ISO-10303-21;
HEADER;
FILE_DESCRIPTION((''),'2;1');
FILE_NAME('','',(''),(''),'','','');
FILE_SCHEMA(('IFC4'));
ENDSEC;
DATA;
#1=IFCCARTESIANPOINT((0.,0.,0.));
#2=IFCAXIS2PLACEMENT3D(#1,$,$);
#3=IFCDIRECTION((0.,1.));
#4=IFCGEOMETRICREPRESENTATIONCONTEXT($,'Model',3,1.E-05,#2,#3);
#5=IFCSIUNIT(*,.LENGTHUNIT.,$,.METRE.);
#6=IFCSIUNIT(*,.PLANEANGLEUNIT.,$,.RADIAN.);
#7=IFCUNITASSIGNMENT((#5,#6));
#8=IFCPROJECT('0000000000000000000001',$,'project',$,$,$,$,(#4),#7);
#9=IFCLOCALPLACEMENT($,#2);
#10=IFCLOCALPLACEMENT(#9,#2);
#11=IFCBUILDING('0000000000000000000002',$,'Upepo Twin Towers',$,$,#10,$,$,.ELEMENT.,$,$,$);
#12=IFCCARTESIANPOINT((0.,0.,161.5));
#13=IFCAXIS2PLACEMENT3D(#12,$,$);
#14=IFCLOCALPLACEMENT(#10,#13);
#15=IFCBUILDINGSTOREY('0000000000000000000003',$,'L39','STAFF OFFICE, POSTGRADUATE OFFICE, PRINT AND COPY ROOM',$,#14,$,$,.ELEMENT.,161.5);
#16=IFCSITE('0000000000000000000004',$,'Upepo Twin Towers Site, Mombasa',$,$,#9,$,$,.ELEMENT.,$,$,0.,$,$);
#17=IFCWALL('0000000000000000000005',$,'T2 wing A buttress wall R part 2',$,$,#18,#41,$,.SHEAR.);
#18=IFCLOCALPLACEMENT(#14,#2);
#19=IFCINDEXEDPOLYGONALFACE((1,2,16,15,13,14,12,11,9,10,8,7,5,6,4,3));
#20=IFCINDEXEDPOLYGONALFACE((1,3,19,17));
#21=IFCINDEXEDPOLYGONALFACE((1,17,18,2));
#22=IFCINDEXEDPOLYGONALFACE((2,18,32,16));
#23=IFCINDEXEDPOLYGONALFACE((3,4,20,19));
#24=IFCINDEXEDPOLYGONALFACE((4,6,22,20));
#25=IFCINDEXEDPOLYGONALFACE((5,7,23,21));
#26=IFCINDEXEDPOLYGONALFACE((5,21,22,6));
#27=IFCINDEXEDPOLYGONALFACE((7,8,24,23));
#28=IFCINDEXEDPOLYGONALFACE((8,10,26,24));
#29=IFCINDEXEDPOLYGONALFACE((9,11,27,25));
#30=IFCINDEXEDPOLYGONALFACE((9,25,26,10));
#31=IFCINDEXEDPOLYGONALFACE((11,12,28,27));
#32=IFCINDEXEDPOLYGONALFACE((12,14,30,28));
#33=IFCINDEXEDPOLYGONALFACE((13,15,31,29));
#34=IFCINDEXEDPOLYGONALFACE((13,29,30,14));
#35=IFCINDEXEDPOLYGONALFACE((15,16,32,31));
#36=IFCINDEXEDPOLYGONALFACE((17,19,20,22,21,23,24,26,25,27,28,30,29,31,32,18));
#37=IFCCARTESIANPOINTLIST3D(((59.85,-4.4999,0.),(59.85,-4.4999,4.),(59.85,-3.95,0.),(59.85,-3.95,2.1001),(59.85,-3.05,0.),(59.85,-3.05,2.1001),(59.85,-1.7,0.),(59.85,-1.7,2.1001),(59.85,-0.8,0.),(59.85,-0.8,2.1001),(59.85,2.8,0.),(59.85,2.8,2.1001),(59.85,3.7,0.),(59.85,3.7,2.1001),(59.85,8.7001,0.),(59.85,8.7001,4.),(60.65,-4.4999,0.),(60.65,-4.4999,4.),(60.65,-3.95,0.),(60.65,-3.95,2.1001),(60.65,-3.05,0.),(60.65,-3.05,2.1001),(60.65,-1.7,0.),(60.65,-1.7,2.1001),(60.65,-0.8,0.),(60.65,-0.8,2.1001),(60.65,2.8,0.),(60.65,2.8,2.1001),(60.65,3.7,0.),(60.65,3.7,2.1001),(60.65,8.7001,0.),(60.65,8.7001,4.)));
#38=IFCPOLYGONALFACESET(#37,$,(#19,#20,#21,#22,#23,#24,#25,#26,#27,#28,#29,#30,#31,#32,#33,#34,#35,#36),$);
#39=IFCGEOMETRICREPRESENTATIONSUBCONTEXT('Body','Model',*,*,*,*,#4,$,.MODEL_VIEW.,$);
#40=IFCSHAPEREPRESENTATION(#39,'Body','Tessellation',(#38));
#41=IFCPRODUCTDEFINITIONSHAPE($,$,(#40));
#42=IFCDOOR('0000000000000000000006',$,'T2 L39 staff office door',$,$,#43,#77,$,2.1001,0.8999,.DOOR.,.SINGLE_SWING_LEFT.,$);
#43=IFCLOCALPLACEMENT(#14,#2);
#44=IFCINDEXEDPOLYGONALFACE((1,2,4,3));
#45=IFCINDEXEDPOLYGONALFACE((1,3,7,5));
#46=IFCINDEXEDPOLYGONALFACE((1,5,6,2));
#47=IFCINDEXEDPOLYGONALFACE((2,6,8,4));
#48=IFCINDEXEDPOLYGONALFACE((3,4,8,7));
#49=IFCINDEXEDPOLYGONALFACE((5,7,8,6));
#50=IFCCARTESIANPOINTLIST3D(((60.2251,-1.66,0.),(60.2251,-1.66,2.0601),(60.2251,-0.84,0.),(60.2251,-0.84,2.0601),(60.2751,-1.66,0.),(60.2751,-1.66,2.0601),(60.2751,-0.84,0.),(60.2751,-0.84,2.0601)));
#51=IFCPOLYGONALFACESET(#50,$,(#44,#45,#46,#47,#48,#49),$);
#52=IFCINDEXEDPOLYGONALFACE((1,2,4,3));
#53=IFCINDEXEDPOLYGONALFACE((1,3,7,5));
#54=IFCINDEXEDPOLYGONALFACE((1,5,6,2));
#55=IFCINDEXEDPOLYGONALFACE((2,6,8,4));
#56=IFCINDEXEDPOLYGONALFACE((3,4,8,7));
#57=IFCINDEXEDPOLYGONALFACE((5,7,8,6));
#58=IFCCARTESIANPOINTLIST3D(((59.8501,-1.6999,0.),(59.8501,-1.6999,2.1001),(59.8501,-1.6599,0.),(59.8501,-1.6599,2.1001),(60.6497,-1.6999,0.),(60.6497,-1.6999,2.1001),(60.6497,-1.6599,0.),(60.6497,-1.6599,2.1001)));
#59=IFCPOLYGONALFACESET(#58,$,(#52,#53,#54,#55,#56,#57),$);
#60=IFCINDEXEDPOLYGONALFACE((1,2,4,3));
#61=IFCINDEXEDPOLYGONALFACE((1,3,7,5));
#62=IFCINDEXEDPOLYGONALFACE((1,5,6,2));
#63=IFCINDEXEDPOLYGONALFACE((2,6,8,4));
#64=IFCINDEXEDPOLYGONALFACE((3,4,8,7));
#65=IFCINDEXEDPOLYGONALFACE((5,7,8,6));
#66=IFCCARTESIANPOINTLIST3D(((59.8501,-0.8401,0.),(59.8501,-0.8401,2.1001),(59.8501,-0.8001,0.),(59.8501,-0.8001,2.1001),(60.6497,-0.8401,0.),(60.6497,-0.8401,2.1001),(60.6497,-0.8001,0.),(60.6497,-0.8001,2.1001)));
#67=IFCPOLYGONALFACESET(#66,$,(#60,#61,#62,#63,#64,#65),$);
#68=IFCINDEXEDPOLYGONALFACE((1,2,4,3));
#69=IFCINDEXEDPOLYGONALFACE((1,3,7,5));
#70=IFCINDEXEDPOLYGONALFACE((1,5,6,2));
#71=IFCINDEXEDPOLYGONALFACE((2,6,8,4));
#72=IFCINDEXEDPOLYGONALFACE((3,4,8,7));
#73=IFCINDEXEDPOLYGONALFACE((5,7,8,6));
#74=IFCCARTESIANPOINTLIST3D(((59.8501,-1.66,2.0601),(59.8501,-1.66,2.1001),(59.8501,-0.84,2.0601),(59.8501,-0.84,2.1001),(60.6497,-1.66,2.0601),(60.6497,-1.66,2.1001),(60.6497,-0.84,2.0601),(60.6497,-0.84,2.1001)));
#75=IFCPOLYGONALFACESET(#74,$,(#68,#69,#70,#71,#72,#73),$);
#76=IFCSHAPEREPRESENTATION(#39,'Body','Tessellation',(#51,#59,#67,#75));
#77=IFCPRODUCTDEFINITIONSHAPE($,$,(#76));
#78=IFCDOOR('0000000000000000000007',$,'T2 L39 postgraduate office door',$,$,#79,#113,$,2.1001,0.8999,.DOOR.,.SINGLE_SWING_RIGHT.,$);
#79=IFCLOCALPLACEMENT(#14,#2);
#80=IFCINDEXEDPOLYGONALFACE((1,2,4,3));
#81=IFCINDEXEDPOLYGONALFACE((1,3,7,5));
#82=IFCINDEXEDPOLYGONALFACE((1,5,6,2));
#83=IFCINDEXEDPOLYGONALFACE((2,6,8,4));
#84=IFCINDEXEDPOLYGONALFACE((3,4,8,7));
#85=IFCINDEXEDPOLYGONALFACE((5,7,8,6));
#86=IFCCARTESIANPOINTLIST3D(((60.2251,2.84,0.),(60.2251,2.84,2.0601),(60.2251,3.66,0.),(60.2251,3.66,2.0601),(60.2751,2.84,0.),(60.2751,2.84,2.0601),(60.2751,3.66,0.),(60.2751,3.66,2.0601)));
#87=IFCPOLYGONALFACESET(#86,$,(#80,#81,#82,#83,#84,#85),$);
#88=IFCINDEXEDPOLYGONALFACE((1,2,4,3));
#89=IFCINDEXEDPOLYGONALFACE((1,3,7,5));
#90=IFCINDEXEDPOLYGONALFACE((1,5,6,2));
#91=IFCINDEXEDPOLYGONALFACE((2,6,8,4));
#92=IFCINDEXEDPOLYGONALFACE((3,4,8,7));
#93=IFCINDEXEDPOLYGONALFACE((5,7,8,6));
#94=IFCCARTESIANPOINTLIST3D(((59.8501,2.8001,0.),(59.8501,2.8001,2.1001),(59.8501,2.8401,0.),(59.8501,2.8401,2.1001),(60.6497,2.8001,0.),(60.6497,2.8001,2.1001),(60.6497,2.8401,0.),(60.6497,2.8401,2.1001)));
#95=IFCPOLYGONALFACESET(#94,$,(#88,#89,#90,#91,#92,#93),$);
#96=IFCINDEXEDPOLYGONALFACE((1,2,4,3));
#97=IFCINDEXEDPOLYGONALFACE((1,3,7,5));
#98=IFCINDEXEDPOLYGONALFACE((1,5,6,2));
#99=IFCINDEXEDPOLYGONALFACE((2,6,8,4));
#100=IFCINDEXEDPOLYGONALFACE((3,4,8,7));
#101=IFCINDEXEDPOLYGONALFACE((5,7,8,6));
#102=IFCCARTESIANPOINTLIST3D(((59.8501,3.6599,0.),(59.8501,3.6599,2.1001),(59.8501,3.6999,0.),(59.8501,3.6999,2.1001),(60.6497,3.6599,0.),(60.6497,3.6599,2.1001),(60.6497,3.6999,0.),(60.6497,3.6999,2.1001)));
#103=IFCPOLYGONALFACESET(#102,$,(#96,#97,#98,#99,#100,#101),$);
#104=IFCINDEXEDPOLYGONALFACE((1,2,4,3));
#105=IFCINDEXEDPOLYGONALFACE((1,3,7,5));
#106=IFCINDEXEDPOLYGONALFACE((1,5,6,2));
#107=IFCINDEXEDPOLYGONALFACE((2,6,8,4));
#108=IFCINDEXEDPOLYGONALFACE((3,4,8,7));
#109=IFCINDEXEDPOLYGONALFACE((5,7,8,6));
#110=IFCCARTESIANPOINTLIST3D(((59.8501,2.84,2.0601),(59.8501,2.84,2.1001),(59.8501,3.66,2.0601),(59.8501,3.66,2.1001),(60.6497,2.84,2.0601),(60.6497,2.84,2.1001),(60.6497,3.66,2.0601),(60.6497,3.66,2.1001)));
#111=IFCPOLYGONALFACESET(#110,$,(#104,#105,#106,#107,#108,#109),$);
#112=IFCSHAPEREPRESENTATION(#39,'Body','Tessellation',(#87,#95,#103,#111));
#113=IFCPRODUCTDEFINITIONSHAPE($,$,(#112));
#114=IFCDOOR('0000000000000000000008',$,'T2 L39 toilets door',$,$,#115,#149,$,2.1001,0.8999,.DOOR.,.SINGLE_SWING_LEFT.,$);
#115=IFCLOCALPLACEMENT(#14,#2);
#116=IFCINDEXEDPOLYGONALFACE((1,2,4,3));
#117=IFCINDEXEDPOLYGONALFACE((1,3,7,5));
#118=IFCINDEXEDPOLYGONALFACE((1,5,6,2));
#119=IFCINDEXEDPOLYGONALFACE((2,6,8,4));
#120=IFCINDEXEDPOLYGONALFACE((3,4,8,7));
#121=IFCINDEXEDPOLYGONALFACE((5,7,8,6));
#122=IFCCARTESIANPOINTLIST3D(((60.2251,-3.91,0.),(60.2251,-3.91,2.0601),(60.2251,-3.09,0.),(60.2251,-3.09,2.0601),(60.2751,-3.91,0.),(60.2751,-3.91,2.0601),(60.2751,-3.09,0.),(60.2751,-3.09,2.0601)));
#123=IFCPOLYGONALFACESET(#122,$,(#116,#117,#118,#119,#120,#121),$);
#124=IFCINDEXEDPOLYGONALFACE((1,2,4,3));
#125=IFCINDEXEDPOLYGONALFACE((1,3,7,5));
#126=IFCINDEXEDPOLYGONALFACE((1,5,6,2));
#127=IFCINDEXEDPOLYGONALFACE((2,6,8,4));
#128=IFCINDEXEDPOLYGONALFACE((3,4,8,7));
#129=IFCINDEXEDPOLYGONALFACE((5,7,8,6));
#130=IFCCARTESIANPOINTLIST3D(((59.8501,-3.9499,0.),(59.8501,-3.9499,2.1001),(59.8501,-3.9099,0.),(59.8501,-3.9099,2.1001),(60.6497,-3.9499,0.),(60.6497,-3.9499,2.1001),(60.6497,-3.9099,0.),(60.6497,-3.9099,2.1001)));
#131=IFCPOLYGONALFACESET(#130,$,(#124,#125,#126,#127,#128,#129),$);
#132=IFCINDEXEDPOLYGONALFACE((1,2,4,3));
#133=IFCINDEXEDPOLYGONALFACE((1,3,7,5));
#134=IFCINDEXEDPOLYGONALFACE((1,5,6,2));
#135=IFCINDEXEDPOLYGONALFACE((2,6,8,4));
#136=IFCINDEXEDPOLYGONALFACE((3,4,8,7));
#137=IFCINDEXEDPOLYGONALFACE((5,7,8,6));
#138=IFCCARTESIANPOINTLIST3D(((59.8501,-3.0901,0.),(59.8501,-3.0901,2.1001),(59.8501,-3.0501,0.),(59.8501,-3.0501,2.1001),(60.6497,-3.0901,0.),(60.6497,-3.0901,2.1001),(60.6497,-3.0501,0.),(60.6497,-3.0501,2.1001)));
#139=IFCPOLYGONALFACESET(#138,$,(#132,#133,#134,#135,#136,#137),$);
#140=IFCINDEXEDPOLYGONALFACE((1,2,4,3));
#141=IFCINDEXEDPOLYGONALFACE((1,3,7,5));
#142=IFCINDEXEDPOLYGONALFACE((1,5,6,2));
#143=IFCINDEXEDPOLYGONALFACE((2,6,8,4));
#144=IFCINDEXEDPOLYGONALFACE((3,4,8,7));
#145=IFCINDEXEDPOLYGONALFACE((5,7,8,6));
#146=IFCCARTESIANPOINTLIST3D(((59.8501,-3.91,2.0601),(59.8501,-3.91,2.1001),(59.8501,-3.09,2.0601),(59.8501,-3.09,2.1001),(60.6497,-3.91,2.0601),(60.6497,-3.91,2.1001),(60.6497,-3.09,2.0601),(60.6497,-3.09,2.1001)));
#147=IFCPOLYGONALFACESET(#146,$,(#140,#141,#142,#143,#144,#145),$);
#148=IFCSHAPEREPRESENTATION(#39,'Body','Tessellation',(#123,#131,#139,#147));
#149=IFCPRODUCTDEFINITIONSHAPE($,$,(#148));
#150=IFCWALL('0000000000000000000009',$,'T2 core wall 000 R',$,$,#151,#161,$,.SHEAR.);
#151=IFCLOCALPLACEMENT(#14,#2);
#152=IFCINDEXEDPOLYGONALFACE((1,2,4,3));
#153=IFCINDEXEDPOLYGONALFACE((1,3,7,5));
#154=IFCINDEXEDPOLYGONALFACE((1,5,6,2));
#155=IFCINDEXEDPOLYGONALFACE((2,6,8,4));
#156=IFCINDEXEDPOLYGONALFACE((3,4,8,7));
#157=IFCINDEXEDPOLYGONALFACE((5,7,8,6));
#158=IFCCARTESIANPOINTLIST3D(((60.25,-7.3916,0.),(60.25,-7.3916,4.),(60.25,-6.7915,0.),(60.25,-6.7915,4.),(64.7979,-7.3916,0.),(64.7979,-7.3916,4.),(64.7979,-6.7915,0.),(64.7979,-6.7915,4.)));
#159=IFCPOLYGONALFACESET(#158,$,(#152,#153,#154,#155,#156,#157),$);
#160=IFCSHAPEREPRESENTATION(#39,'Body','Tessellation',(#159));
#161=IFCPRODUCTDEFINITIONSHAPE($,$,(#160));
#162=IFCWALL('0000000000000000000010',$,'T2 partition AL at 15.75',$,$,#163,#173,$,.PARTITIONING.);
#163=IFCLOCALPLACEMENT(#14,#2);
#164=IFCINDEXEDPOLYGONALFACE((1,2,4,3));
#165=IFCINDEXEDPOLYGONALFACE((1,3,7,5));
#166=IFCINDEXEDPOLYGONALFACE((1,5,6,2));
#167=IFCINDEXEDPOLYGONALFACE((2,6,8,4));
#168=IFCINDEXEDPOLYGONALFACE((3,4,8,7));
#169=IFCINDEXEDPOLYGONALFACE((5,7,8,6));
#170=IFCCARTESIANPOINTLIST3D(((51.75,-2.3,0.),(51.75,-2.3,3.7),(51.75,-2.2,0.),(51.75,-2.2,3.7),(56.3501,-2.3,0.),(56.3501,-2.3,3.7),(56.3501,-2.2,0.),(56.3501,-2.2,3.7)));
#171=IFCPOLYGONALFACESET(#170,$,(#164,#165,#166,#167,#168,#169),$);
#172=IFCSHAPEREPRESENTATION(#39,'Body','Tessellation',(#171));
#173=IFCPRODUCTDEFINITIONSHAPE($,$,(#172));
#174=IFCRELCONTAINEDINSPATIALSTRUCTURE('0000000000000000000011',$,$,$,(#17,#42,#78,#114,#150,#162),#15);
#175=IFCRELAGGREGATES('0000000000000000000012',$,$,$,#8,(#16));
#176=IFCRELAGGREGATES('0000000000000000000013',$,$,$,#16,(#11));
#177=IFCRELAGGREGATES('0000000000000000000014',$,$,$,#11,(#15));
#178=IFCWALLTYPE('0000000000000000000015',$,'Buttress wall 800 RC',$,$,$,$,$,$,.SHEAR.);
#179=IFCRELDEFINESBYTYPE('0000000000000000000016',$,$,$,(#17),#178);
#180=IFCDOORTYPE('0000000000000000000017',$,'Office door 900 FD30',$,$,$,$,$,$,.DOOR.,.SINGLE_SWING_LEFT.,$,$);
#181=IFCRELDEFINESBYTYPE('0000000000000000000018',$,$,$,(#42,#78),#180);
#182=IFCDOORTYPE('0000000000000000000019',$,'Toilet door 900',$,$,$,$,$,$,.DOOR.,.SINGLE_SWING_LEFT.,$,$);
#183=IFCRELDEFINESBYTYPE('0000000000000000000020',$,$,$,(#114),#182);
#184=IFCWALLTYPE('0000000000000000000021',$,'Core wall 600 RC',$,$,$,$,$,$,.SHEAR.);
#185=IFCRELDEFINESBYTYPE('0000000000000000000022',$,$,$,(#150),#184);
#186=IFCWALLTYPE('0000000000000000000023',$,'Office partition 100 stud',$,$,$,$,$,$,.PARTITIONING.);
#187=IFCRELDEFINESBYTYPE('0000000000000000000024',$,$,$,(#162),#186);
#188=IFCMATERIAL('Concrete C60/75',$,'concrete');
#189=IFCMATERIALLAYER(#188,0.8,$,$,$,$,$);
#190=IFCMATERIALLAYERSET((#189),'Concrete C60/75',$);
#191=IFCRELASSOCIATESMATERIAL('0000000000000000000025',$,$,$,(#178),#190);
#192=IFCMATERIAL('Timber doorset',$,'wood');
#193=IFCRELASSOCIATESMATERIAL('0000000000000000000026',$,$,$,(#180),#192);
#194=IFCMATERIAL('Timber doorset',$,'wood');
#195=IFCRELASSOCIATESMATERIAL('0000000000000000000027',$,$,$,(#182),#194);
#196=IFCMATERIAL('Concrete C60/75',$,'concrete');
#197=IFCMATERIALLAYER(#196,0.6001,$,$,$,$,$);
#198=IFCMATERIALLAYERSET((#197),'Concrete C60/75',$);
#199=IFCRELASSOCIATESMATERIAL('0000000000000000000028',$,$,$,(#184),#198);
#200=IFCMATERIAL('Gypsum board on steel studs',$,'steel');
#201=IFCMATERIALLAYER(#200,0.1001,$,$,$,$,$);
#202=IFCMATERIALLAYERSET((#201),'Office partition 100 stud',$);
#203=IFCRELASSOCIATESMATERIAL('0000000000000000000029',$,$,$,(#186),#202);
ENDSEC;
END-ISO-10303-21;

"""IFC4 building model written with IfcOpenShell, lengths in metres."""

from ifc_helpers import new_model, si_unit, direction, frame, frame_2d, origin, place, context, subcontext, project, spatial, rectangle, extrude, material, layer, layer_set, type_object, element, fill, save


model = new_model("IFC4")

# Units and contexts
model_context = context("Model", 3, precision=1e-05, world=origin(), true_north=direction((0.0, 1.0)))
body_context = subcontext(model_context, "Body", "Model", "MODEL_VIEW")
ifc_project = project(units=[si_unit("LENGTHUNIT", "METRE"), si_unit("PLANEANGLEUNIT", "RADIAN")], contexts=[model_context])

# Site, building, storey
site_placement = place(None, origin())
site = spatial("IfcSite", under=ifc_project, at=site_placement, Name="Upepo Twin Towers Site, Mombasa", CompositionType="ELEMENT", RefElevation=0.0)
building_placement = place(site_placement, origin())
building = spatial("IfcBuilding", under=site, at=building_placement, Name="Upepo Twin Towers", CompositionType="ELEMENT")
storey_placement = place(building_placement, frame((0.0, 0.0, 161.5)))
storey = spatial("IfcBuildingStorey", under=building, at=storey_placement, Name="L39", Description="STAFF OFFICE, POSTGRADUATE OFFICE, PRINT AND COPY ROOM", CompositionType="ELEMENT", Elevation=161.5)

# Wall, openings, doors
ifc_material_1 = material(Name="Concrete C60/75", Category="concrete")
ifc_layer_1 = layer(ifc_material_1, 0.8)
ifc_layer_set_1 = layer_set([ifc_layer_1], Name="Concrete C60/75")
wall_type_1 = type_object("IfcWallType", Name="Buttress wall 800 RC", PredefinedType="SHEAR", material=ifc_layer_set_1)
ifc_material_2 = material(Name="Timber doorset", Category="wood")
door_type_1 = type_object("IfcDoorType", Name="Office door 900 FD30", OperationType="SINGLE_SWING_LEFT", PredefinedType="DOOR", material=ifc_material_2)
ifc_material_3 = material(Name="Timber doorset", Category="wood")
door_type_2 = type_object("IfcDoorType", Name="Toilet door 900", OperationType="SINGLE_SWING_LEFT", PredefinedType="DOOR", material=ifc_material_3)
wall_1_placement = place(storey_placement, frame((60.25, -4.5, 0.0), z_axis=(0.0, 0.0, 1.0), x_axis=(0.0, 1.0, 0.0)))
wall_1 = element("IfcWall", 1, at=wall_1_placement, inside=storey, type_object=wall_type_1, Name="T2 wing A buttress wall R part 2", PredefinedType="SHEAR", context=body_context, shape_type="SweptSolid", body=[
    extrude(rectangle(XDim=13.2, YDim=0.8, at=frame_2d((6.6001, 0.0))), origin(), (0.0, 0.0, 1.0), 4.0),
])
opening_1_placement = place(wall_1_placement, frame((0.55, 0.0, 0.0)))
opening_1 = element("IfcOpeningElement", 2, at=opening_1_placement, cuts=wall_1, PredefinedType="OPENING", context=body_context, shape_type="SweptSolid", body=[
    extrude(rectangle(XDim=0.8999, YDim=2.1001, at=frame_2d((0.45, 1.05))), frame((0.0, 0.4099, 0.0), z_axis=(0.0, -1.0, 0.0), x_axis=(1.0, 0.0, 0.0)), (0.0, 0.0, 1.0), 0.8201),
])
opening_2_placement = place(wall_1_placement, frame((2.8, 0.0, 0.0)))
opening_2 = element("IfcOpeningElement", 3, at=opening_2_placement, cuts=wall_1, PredefinedType="OPENING", context=body_context, shape_type="SweptSolid", body=[
    extrude(rectangle(XDim=0.8999, YDim=2.1001, at=frame_2d((0.45, 1.05))), frame((0.0, 0.4099, 0.0), z_axis=(0.0, -1.0, 0.0), x_axis=(1.0, 0.0, 0.0)), (0.0, 0.0, 1.0), 0.8201),
])
opening_3_placement = place(wall_1_placement, frame((7.3, 0.0, 0.0)))
opening_3 = element("IfcOpeningElement", 4, at=opening_3_placement, cuts=wall_1, PredefinedType="OPENING", context=body_context, shape_type="SweptSolid", body=[
    extrude(rectangle(XDim=0.8999, YDim=2.1001, at=frame_2d((0.45, 1.05))), frame((0.0, 0.4099, 0.0), z_axis=(0.0, -1.0, 0.0), x_axis=(1.0, 0.0, 0.0)), (0.0, 0.0, 1.0), 0.8201),
])
door_1_placement = place(opening_2_placement, origin())
door_1 = element("IfcDoor", 5, at=door_1_placement, inside=storey, type_object=door_type_1, Name="T2 L39 staff office door", OperationType="SINGLE_SWING_LEFT", OverallHeight=2.1001, OverallWidth=0.8999, PredefinedType="DOOR", context=body_context, shape_type="SweptSolid", body=[
    extrude(rectangle(XDim=0.8199, YDim=2.0601, at=frame_2d((0.45, 1.03))), frame((0.0, 0.0249, 0.0), z_axis=(0.0, -1.0, 0.0), x_axis=(1.0, 0.0, 0.0)), (0.0, 0.0, 1.0), 0.05),
    extrude(rectangle(XDim=0.04, YDim=2.1001, at=frame_2d((0.02, 1.05))), frame((0.0, 0.3999, 0.0), z_axis=(0.0, -1.0, 0.0), x_axis=(1.0, 0.0, 0.0)), (0.0, 0.0, 1.0), 0.7996),
    extrude(rectangle(XDim=0.04, YDim=2.1001, at=frame_2d((0.8799, 1.05))), frame((0.0, 0.3999, 0.0), z_axis=(0.0, -1.0, 0.0), x_axis=(1.0, 0.0, 0.0)), (0.0, 0.0, 1.0), 0.7996),
    extrude(rectangle(XDim=0.8199, YDim=0.04, at=frame_2d((0.45, 2.0801))), frame((0.0, 0.3999, 0.0), z_axis=(0.0, -1.0, 0.0), x_axis=(1.0, 0.0, 0.0)), (0.0, 0.0, 1.0), 0.7996),
])
fill(opening_2, door_1)
door_2_placement = place(opening_3_placement, origin())
door_2 = element("IfcDoor", 6, at=door_2_placement, inside=storey, type_object=door_type_1, Name="T2 L39 postgraduate office door", OperationType="SINGLE_SWING_RIGHT", OverallHeight=2.1001, OverallWidth=0.8999, PredefinedType="DOOR", context=body_context, shape_type="SweptSolid", body=[
    extrude(rectangle(XDim=0.8199, YDim=2.0601, at=frame_2d((0.45, 1.03))), frame((0.0, 0.0249, 0.0), z_axis=(0.0, -1.0, 0.0), x_axis=(1.0, 0.0, 0.0)), (0.0, 0.0, 1.0), 0.05),
    extrude(rectangle(XDim=0.04, YDim=2.1001, at=frame_2d((0.02, 1.05))), frame((0.0, 0.3999, 0.0), z_axis=(0.0, -1.0, 0.0), x_axis=(1.0, 0.0, 0.0)), (0.0, 0.0, 1.0), 0.7996),
    extrude(rectangle(XDim=0.04, YDim=2.1001, at=frame_2d((0.8799, 1.05))), frame((0.0, 0.3999, 0.0), z_axis=(0.0, -1.0, 0.0), x_axis=(1.0, 0.0, 0.0)), (0.0, 0.0, 1.0), 0.7996),
    extrude(rectangle(XDim=0.8199, YDim=0.04, at=frame_2d((0.45, 2.0801))), frame((0.0, 0.3999, 0.0), z_axis=(0.0, -1.0, 0.0), x_axis=(1.0, 0.0, 0.0)), (0.0, 0.0, 1.0), 0.7996),
])
fill(opening_3, door_2)
door_3_placement = place(opening_1_placement, origin())
door_3 = element("IfcDoor", 7, at=door_3_placement, inside=storey, type_object=door_type_2, Name="T2 L39 toilets door", OperationType="SINGLE_SWING_LEFT", OverallHeight=2.1001, OverallWidth=0.8999, PredefinedType="DOOR", context=body_context, shape_type="SweptSolid", body=[
    extrude(rectangle(XDim=0.8199, YDim=2.0601, at=frame_2d((0.45, 1.03))), frame((0.0, 0.0249, 0.0), z_axis=(0.0, -1.0, 0.0), x_axis=(1.0, 0.0, 0.0)), (0.0, 0.0, 1.0), 0.05),
    extrude(rectangle(XDim=0.04, YDim=2.1001, at=frame_2d((0.02, 1.05))), frame((0.0, 0.3999, 0.0), z_axis=(0.0, -1.0, 0.0), x_axis=(1.0, 0.0, 0.0)), (0.0, 0.0, 1.0), 0.7996),
    extrude(rectangle(XDim=0.04, YDim=2.1001, at=frame_2d((0.8799, 1.05))), frame((0.0, 0.3999, 0.0), z_axis=(0.0, -1.0, 0.0), x_axis=(1.0, 0.0, 0.0)), (0.0, 0.0, 1.0), 0.7996),
    extrude(rectangle(XDim=0.8199, YDim=0.04, at=frame_2d((0.45, 2.0801))), frame((0.0, 0.3999, 0.0), z_axis=(0.0, -1.0, 0.0), x_axis=(1.0, 0.0, 0.0)), (0.0, 0.0, 1.0), 0.7996),
])
fill(opening_1, door_3)

# Walls
ifc_material_4 = material(Name="Concrete C60/75", Category="concrete")
ifc_layer_2 = layer(ifc_material_4, 0.6001)
ifc_layer_set_2 = layer_set([ifc_layer_2], Name="Concrete C60/75")
wall_type_2 = type_object("IfcWallType", Name="Core wall 600 RC", PredefinedType="SHEAR", material=ifc_layer_set_2)
wall_2_placement = place(storey_placement, frame((64.7979, -7.0916, 0.0), z_axis=(0.0, 0.0, 1.0), x_axis=(-1.0, 0.0, 0.0)))
element("IfcWall", 8, at=wall_2_placement, inside=storey, type_object=wall_type_2, Name="T2 core wall 000 R", PredefinedType="SHEAR", context=body_context, shape_type="SweptSolid", body=[
    extrude(rectangle(XDim=4.5479, YDim=0.6001, at=frame_2d((2.2739, 0.0))), origin(), (0.0, 0.0, 1.0), 4.0),
])
ifc_material_5 = material(Name="Gypsum board on steel studs", Category="steel")
ifc_layer_3 = layer(ifc_material_5, 0.1001)
ifc_layer_set_3 = layer_set([ifc_layer_3], Name="Office partition 100 stud")
wall_type_3 = type_object("IfcWallType", Name="Office partition 100 stud", PredefinedType="PARTITIONING", material=ifc_layer_set_3)
wall_3_placement = place(storey_placement, frame((56.3501, -2.25, 0.0), z_axis=(0.0, 0.0, 1.0), x_axis=(-1.0, 0.0, 0.0)))
element("IfcWall", 9, at=wall_3_placement, inside=storey, type_object=wall_type_3, Name="T2 partition AL at 15.75", PredefinedType="PARTITIONING", context=body_context, shape_type="SweptSolid", body=[
    extrude(rectangle(XDim=4.6001, YDim=0.1001, at=frame_2d((2.3, 0.0))), origin(), (0.0, 0.0, 1.0), 3.7),
])

save(model, "model.ifc")
